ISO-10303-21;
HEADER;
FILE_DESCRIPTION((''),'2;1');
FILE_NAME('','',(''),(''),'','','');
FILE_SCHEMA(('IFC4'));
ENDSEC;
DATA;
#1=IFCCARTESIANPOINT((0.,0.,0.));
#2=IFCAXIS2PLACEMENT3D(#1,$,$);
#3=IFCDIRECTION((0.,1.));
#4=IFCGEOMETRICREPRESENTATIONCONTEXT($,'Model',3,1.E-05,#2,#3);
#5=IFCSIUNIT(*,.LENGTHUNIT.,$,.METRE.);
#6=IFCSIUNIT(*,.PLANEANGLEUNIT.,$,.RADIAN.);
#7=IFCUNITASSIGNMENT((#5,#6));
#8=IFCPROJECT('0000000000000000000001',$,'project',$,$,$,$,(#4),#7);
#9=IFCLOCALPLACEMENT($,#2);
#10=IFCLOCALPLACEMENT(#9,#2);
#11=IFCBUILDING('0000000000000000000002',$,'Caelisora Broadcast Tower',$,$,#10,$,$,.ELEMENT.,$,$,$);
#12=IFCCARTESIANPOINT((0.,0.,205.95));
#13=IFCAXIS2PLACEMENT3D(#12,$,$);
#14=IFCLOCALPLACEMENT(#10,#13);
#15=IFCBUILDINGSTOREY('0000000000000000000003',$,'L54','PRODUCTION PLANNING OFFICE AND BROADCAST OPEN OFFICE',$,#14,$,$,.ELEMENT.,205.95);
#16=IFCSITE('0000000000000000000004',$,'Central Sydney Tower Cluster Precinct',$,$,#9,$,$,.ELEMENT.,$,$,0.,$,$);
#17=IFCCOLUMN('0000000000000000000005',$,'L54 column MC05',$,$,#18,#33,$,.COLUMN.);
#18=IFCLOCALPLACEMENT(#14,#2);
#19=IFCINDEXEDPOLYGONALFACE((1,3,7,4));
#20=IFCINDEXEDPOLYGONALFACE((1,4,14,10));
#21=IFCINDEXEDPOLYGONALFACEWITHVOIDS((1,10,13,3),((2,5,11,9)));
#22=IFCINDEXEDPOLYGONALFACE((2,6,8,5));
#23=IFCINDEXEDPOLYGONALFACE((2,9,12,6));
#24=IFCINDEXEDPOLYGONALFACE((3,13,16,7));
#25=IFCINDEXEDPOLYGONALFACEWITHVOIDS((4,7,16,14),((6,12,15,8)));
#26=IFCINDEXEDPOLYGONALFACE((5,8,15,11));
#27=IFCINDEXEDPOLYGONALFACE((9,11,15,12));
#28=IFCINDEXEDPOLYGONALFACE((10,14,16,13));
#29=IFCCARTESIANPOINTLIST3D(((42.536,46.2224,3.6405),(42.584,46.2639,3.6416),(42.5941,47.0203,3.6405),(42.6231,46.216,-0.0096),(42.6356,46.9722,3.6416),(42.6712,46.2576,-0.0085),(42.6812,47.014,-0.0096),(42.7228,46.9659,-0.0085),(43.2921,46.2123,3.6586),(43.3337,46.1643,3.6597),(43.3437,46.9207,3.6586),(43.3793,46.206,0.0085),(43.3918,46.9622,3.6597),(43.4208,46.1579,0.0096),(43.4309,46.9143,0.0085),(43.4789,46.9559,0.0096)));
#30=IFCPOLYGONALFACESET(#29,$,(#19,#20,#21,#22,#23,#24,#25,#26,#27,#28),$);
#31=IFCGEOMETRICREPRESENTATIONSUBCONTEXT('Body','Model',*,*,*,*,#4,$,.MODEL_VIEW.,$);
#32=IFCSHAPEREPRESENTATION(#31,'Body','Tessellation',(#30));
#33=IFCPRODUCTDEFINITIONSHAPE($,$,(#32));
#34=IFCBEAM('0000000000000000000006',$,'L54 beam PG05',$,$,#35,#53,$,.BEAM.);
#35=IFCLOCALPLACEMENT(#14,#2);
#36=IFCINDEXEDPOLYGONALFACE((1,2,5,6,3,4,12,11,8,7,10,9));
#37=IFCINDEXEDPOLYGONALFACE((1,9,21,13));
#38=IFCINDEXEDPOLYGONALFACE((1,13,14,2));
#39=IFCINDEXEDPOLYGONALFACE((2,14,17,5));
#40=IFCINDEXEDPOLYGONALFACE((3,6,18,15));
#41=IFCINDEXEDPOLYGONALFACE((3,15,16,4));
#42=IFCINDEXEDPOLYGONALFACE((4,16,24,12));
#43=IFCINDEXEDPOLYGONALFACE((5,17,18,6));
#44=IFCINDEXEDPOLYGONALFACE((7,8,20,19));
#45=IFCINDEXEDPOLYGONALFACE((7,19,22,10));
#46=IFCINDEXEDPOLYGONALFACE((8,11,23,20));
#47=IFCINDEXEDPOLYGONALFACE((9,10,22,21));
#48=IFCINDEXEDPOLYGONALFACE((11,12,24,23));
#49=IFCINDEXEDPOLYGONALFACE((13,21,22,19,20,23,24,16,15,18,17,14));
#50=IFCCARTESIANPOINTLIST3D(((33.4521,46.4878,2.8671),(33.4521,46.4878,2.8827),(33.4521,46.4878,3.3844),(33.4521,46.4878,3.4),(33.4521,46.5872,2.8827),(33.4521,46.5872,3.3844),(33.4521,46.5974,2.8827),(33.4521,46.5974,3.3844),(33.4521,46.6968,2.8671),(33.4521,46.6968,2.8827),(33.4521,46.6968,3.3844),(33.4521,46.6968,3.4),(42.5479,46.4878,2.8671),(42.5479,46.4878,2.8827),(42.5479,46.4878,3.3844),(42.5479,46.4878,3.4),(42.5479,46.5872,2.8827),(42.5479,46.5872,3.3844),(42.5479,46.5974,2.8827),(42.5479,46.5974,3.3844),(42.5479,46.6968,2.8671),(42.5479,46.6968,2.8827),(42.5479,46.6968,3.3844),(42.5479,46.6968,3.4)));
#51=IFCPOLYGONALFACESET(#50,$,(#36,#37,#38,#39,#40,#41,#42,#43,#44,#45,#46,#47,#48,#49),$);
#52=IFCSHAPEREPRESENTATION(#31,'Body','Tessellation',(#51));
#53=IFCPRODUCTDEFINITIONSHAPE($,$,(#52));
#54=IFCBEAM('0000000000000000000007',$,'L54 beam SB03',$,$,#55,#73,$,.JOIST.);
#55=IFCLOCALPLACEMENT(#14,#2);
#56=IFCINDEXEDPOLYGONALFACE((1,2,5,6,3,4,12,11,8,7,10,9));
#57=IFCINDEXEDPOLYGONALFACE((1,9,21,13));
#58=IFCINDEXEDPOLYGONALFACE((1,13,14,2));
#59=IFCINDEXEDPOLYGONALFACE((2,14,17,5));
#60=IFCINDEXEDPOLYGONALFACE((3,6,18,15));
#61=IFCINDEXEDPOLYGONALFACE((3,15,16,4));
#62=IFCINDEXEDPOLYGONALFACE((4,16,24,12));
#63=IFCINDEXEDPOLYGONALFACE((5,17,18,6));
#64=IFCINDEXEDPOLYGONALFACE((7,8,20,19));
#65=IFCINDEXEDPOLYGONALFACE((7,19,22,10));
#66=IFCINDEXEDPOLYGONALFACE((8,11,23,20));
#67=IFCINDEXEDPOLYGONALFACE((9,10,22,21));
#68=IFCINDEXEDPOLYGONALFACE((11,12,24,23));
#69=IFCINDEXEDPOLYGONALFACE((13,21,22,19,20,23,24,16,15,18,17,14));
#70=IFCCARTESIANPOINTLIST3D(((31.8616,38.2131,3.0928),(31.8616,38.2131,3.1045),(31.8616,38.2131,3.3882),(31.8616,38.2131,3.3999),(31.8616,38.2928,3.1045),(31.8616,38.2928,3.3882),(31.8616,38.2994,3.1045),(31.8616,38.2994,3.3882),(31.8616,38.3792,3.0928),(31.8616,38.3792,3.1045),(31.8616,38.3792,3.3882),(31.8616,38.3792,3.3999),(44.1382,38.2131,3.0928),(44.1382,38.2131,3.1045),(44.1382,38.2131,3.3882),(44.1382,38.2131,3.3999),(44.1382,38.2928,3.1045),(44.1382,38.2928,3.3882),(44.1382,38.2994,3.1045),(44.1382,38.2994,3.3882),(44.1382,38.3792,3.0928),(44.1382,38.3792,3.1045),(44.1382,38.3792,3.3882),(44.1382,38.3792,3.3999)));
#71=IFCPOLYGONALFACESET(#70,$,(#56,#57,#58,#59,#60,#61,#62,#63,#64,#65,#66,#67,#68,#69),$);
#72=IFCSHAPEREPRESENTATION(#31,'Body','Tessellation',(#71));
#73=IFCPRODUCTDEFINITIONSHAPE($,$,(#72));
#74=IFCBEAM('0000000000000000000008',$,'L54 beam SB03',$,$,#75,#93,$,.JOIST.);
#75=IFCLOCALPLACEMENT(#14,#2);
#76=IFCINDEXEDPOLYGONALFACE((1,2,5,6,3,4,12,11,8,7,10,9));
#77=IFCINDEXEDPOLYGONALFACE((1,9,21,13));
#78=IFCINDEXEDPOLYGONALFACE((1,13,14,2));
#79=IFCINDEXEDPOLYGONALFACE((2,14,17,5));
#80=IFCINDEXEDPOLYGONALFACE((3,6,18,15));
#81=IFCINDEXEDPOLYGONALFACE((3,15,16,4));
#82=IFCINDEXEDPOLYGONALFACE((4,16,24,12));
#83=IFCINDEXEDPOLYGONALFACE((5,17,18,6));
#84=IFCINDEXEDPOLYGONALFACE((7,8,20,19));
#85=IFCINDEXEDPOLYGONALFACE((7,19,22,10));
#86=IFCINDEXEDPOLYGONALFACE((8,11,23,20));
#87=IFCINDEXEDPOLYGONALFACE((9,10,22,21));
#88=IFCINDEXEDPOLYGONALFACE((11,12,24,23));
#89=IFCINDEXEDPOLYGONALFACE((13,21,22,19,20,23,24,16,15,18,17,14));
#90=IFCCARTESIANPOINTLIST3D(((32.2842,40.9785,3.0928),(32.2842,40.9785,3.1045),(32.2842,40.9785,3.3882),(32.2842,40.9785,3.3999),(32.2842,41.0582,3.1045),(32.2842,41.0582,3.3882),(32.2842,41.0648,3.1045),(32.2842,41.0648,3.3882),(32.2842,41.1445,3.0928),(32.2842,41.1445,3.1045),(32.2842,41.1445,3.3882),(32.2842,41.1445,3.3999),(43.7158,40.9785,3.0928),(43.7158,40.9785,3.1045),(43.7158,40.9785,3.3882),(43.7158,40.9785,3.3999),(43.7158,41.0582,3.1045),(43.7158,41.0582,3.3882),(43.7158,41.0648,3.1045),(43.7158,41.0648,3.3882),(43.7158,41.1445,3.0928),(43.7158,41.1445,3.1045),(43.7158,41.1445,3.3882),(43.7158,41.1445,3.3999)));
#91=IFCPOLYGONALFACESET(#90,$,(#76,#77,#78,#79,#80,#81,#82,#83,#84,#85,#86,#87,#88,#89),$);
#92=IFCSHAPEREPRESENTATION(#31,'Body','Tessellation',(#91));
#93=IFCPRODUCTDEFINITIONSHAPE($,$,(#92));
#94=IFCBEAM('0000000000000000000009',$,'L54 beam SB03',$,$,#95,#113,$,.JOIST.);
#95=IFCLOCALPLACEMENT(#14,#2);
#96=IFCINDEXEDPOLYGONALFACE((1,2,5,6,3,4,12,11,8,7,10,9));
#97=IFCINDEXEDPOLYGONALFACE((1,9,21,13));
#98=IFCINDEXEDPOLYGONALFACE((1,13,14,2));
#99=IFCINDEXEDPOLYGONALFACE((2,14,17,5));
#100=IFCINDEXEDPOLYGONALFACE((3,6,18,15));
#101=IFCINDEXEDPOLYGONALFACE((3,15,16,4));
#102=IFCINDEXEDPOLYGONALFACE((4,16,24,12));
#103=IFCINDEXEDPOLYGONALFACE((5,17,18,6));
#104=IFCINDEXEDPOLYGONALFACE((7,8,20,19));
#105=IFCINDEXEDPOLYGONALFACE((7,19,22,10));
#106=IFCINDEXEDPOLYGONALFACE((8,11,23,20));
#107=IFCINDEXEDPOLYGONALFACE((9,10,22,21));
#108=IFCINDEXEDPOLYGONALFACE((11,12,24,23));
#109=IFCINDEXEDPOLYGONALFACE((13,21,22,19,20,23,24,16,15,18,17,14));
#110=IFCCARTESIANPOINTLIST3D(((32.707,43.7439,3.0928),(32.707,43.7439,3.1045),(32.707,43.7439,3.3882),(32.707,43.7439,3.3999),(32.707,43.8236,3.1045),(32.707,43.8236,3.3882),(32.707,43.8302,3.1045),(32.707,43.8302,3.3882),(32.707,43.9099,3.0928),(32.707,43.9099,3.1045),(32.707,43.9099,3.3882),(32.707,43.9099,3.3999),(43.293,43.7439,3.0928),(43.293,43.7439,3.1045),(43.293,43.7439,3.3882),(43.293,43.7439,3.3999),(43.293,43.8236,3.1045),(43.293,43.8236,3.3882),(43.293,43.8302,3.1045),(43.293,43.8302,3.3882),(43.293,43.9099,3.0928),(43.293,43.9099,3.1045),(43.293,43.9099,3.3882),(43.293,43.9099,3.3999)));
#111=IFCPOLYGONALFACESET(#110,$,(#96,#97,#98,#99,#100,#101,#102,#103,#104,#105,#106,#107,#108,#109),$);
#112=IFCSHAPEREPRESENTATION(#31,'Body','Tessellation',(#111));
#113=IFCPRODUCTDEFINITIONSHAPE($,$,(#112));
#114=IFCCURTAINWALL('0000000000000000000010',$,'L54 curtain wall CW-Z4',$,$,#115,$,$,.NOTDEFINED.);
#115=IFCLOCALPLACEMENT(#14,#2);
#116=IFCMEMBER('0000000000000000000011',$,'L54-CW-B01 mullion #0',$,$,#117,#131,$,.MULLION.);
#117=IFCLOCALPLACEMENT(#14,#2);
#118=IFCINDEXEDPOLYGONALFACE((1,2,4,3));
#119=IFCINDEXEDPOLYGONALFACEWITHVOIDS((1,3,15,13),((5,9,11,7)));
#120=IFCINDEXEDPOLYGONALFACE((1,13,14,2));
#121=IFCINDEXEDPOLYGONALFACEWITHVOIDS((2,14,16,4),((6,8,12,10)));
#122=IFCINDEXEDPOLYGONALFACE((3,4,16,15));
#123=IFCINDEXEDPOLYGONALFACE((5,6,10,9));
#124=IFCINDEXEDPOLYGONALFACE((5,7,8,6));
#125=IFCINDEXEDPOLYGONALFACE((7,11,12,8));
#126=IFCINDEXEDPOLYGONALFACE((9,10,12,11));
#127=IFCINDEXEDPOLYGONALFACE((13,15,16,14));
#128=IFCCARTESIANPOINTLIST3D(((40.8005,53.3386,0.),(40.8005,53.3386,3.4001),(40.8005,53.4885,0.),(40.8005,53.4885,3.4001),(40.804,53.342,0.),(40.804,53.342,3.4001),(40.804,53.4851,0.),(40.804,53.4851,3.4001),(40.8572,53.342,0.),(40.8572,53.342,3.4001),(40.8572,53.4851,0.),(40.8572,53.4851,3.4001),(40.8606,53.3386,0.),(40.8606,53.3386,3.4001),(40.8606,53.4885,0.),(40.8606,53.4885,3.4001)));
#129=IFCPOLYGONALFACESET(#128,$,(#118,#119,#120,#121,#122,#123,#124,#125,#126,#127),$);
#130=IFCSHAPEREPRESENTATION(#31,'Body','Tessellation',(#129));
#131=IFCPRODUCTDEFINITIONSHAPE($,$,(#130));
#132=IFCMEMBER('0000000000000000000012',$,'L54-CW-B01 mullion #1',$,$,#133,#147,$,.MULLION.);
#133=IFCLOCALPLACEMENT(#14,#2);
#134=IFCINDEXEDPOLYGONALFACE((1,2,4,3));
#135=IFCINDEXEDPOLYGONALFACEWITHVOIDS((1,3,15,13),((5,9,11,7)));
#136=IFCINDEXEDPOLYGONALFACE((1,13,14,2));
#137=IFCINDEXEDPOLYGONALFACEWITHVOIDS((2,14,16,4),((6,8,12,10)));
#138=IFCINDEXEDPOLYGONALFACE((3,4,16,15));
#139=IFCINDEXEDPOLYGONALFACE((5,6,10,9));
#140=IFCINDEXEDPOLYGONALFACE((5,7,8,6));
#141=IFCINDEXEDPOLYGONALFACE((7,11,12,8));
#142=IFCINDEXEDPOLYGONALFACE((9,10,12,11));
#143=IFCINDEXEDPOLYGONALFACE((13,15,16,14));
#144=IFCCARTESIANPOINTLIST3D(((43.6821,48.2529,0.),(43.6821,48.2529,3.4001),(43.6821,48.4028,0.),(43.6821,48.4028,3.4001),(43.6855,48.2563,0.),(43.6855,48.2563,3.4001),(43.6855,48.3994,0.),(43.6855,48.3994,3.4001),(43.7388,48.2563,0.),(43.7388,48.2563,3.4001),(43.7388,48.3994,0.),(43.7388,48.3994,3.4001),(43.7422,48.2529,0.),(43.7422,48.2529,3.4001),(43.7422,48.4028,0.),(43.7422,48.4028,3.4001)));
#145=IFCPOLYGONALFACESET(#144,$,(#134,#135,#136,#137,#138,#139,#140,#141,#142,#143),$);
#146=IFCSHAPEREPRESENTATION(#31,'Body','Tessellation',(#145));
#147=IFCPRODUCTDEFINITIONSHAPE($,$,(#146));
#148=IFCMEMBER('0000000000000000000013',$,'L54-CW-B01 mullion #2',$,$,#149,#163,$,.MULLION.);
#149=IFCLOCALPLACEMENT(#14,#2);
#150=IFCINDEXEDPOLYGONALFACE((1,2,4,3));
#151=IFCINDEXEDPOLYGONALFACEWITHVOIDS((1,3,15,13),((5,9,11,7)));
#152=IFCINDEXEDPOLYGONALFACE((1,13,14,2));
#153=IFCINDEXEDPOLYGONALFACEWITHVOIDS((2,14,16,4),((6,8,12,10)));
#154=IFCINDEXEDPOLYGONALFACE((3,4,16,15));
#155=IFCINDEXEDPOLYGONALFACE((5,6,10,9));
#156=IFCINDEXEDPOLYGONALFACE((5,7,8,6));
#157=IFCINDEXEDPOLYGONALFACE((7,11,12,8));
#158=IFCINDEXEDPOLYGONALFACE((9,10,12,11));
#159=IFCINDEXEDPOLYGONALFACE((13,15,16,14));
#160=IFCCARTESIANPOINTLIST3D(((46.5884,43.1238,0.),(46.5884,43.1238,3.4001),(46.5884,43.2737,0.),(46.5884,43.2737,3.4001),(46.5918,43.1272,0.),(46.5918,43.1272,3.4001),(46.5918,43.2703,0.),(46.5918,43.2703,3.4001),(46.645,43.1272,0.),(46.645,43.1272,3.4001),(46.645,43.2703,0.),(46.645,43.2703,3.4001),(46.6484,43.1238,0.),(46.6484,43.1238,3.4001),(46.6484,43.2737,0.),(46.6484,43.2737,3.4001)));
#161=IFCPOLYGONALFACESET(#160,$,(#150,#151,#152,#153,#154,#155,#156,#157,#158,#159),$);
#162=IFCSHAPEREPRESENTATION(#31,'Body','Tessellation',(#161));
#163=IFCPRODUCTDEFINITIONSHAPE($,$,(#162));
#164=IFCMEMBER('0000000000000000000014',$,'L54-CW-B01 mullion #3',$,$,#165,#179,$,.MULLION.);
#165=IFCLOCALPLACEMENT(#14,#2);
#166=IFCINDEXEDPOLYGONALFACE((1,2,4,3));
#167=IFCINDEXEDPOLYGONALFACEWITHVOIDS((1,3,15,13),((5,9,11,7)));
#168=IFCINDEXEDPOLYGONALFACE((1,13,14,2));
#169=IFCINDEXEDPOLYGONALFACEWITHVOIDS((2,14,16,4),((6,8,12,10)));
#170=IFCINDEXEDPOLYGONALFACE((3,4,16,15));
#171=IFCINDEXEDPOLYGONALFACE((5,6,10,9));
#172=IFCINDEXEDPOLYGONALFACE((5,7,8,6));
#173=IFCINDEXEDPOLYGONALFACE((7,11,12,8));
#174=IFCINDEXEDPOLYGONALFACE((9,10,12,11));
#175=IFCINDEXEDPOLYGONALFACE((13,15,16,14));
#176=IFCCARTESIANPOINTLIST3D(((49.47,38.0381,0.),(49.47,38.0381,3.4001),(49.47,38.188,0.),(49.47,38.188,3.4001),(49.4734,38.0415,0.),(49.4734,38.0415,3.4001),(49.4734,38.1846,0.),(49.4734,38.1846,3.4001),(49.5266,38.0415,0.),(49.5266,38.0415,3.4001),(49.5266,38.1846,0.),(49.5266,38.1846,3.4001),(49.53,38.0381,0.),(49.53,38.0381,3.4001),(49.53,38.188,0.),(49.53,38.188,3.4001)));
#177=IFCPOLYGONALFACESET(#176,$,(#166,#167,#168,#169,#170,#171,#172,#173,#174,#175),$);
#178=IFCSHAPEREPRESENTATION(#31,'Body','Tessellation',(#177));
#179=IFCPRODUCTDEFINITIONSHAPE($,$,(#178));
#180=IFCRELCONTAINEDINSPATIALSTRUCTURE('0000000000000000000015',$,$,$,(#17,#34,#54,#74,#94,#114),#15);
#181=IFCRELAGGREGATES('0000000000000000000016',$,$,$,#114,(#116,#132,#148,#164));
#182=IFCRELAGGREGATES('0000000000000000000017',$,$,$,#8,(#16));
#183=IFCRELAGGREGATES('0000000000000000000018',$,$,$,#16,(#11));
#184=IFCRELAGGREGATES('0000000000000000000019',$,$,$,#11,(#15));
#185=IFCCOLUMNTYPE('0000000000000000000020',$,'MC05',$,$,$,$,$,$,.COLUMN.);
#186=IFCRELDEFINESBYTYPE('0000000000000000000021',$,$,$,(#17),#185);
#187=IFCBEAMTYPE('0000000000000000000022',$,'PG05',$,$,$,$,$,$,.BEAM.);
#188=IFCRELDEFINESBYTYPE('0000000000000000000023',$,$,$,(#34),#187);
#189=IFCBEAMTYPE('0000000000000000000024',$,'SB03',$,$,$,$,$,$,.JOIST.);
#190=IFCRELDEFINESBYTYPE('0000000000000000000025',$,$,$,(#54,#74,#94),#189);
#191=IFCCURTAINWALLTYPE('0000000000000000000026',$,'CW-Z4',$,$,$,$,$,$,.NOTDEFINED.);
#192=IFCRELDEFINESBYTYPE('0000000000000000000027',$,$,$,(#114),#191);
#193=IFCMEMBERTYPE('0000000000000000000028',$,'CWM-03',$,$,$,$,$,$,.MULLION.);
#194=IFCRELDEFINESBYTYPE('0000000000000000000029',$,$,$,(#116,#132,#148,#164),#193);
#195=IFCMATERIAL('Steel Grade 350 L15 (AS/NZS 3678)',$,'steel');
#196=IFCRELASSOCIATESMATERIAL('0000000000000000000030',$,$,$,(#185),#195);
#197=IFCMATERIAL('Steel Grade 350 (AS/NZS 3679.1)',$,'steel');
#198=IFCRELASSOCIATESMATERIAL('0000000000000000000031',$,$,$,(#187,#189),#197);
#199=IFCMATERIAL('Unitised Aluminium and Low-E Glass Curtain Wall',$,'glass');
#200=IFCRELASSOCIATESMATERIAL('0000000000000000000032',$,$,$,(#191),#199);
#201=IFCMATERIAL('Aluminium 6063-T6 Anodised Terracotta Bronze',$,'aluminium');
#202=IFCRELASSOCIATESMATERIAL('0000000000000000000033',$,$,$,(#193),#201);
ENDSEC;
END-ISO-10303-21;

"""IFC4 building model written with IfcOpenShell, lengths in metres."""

from ifc_helpers import new_model, si_unit, direction, frame, origin, origin_2d, place, context, subcontext, project, spatial, hollow_rectangle, i_section, extrude, source, transform, mapped, material, material_profile, profile_set, type_object, type_shapes, element, aggregate, save


model = new_model("IFC4")

# Units and contexts
model_context = context("Model", 3, precision=1e-05, world=origin(), true_north=direction((0.0, 1.0)))
body_context = subcontext(model_context, "Body", "Model", "MODEL_VIEW")
ifc_project = project(units=[si_unit("LENGTHUNIT", "METRE"), si_unit("PLANEANGLEUNIT", "RADIAN")], contexts=[model_context])

# Site, building, storey
site_placement = place(None, origin())
site = spatial("IfcSite", under=ifc_project, at=site_placement, Name="Central Sydney Tower Cluster Precinct", CompositionType="ELEMENT", RefElevation=0.0)
building_placement = place(site_placement, origin())
building = spatial("IfcBuilding", under=site, at=building_placement, Name="Caelisora Broadcast Tower", CompositionType="ELEMENT")
storey_placement = place(building_placement, frame((0.0, 0.0, 205.95)))
storey = spatial("IfcBuildingStorey", under=building, at=storey_placement, Name="L54", Description="PRODUCTION PLANNING OFFICE AND BROADCAST OPEN OFFICE", CompositionType="ELEMENT", Elevation=205.95)

# Column
ifc_material_1 = material(Name="Steel Grade 350 L15 (AS/NZS 3678)", Category="steel")
ifc_material_profile_1 = material_profile(ifc_material_1, hollow_rectangle(XDim=0.8, YDim=0.8, WallThickness=0.0449, at=origin_2d()), Name="Steel Grade 350 L15 (AS/NZS 3678)")
ifc_profile_set_1 = profile_set([ifc_material_profile_1], Name="Steel Grade 350 L15 (AS/NZS 3678)")
column_type = type_object("IfcColumnType", Name="MC05", PredefinedType="COLUMN", material=ifc_profile_set_1)
shared_shape_1 = source(origin(), body_context, "Body", "SweptSolid", [
    extrude(hollow_rectangle(XDim=0.8, YDim=0.8, WallThickness=0.0449, at=origin_2d()), origin(), (0.0, 0.0, 1.0), 3.6511),
])
type_shapes(column_type, [shared_shape_1])
column_placement = place(storey_placement, frame((43.051, 46.5859, 0.0), z_axis=(-0.023871, 0.001739, 0.999714), x_axis=(-0.072637, -0.997358, 0.0)))
element("IfcColumn", 1, at=column_placement, inside=storey, type_object=column_type, Name="L54 column MC05", PredefinedType="COLUMN", context=body_context, shape_type="MappedRepresentation", body=[
    mapped(shared_shape_1, transform((0.0, 0.0, 0.0), scale=1.0)),
])

# Beams
ifc_material_2 = material(Name="Steel Grade 350 (AS/NZS 3679.1)", Category="steel")
ifc_material_profile_2 = material_profile(ifc_material_2, i_section(OverallWidth=0.209, OverallDepth=0.533, WebThickness=0.0103, FlangeThickness=0.0156, at=origin_2d()), Name="Steel Grade 350 (AS/NZS 3679.1)")
ifc_profile_set_2 = profile_set([ifc_material_profile_2], Name="Steel Grade 350 (AS/NZS 3679.1)")
beam_type_1 = type_object("IfcBeamType", Name="PG05", PredefinedType="BEAM", material=ifc_profile_set_2)
shared_shape_2 = source(origin(), body_context, "Body", "SweptSolid", [
    extrude(i_section(OverallWidth=0.209, OverallDepth=0.533, WebThickness=0.0103, FlangeThickness=0.0156, at=origin_2d()), origin(), (0.0, 0.0, 1.0), 9.0957),
])
type_shapes(beam_type_1, [shared_shape_2])
beam_1_placement = place(storey_placement, frame((42.5479, 46.5923, 3.1335), z_axis=(-1.0, 0.0, 0.0), x_axis=(0.0, -1.0, 0.0)))
element("IfcBeam", 2, at=beam_1_placement, inside=storey, type_object=beam_type_1, Name="L54 beam PG05", PredefinedType="BEAM", context=body_context, shape_type="MappedRepresentation", body=[
    mapped(shared_shape_2, transform((0.0, 0.0, 0.0), scale=1.0)),
])
ifc_material_profile_3 = material_profile(ifc_material_2, i_section(OverallWidth=0.166, OverallDepth=0.3071, WebThickness=0.0066, FlangeThickness=0.0117, at=origin_2d()), Name="Steel Grade 350 (AS/NZS 3679.1)")
ifc_profile_set_3 = profile_set([ifc_material_profile_3], Name="Steel Grade 350 (AS/NZS 3679.1)")
beam_type_2 = type_object("IfcBeamType", Name="SB03", PredefinedType="JOIST", material=ifc_profile_set_3)
shared_shape_3 = source(origin(), body_context, "Body", "SweptSolid", [
    extrude(i_section(OverallWidth=0.166, OverallDepth=0.3071, WebThickness=0.0066, FlangeThickness=0.0117, at=origin_2d()), origin(), (0.0, 0.0, 1.0), 12.2766),
])
beam_2_placement = place(storey_placement, frame((44.1382, 38.2961, 3.2463), z_axis=(-1.0, 0.0, 0.0), x_axis=(0.0, -1.0, 0.0)))
element("IfcBeam", 3, at=beam_2_placement, inside=storey, type_object=beam_type_2, Name="L54 beam SB03", PredefinedType="JOIST", context=body_context, shape_type="MappedRepresentation", body=[
    mapped(shared_shape_3, transform((0.0, 0.0, 0.0), scale=1.0)),
])
shared_shape_4 = source(origin(), body_context, "Body", "SweptSolid", [
    extrude(i_section(OverallWidth=0.166, OverallDepth=0.3071, WebThickness=0.0066, FlangeThickness=0.0117, at=origin_2d()), origin(), (0.0, 0.0, 1.0), 11.4316),
])
beam_3_placement = place(storey_placement, frame((43.7158, 41.0615, 3.2463), z_axis=(-1.0, 0.0, 0.0), x_axis=(0.0, -1.0, 0.0)))
element("IfcBeam", 4, at=beam_3_placement, inside=storey, type_object=beam_type_2, Name="L54 beam SB03", PredefinedType="JOIST", context=body_context, shape_type="MappedRepresentation", body=[
    mapped(shared_shape_4, transform((0.0, 0.0, 0.0), scale=1.0)),
])
shared_shape_5 = source(origin(), body_context, "Body", "SweptSolid", [
    extrude(i_section(OverallWidth=0.166, OverallDepth=0.3071, WebThickness=0.0066, FlangeThickness=0.0117, at=origin_2d()), origin(), (0.0, 0.0, 1.0), 10.5859),
])
type_shapes(beam_type_2, [shared_shape_3, shared_shape_4, shared_shape_5])
beam_4_placement = place(storey_placement, frame((43.293, 43.8269, 3.2463), z_axis=(-1.0, 0.0, 0.0), x_axis=(0.0, -1.0, 0.0)))
element("IfcBeam", 5, at=beam_4_placement, inside=storey, type_object=beam_type_2, Name="L54 beam SB03", PredefinedType="JOIST", context=body_context, shape_type="MappedRepresentation", body=[
    mapped(shared_shape_5, transform((0.0, 0.0, 0.0), scale=1.0)),
])

# Curtain wall, members
ifc_material_3 = material(Name="Unitised Aluminium and Low-E Glass Curtain Wall", Category="glass")
curtain_wall_type_1 = type_object("IfcCurtainWallType", Name="CW-Z4", PredefinedType="NOTDEFINED", material=ifc_material_3)
curtain_wall_1_placement = place(storey_placement, origin())
curtain_wall_1 = element("IfcCurtainWall", 6, at=curtain_wall_1_placement, inside=storey, type_object=curtain_wall_type_1, Name="L54 curtain wall CW-Z4", PredefinedType="NOTDEFINED")
ifc_material_4 = material(Name="Aluminium 6063-T6 Anodised Terracotta Bronze", Category="aluminium")
ifc_material_profile_4 = material_profile(ifc_material_4, hollow_rectangle(XDim=0.0601, YDim=0.1499, WallThickness=0.0034, at=origin_2d()), Name="Aluminium 6063-T6 Anodised Terracotta Bronze")
ifc_profile_set_4 = profile_set([ifc_material_profile_4], Name="Aluminium 6063-T6 Anodised Terracotta Bronze")
member_type_1 = type_object("IfcMemberType", Name="CWM-03", PredefinedType="MULLION", material=ifc_profile_set_4)
shared_shape_6 = source(origin(), body_context, "Body", "SweptSolid", [
    extrude(hollow_rectangle(XDim=0.0601, YDim=0.1499, WallThickness=0.0034, at=origin_2d()), origin(), (0.0, 0.0, 1.0), 3.4001),
])
type_shapes(member_type_1, [shared_shape_6])
member_1_placement = place(storey_placement, frame((40.8306, 53.4136, 0.0), z_axis=(0.0, 0.0, 1.0), x_axis=(1.0, 0.0, 0.0)))
member_1 = element("IfcMember", 7, at=member_1_placement, type_object=member_type_1, Name="L54-CW-B01 mullion #0", PredefinedType="MULLION", context=body_context, shape_type="MappedRepresentation", body=[
    mapped(shared_shape_6, transform((0.0, 0.0, 0.0), scale=1.0)),
])
member_2_placement = place(storey_placement, frame((43.7122, 48.3279, 0.0), z_axis=(0.0, 0.0, 1.0), x_axis=(1.0, 0.0, 0.0)))
member_2 = element("IfcMember", 8, at=member_2_placement, type_object=member_type_1, Name="L54-CW-B01 mullion #1", PredefinedType="MULLION", context=body_context, shape_type="MappedRepresentation", body=[
    mapped(shared_shape_6, transform((0.0, 0.0, 0.0), scale=1.0)),
])
member_3_placement = place(storey_placement, frame((46.6184, 43.1987, 0.0), z_axis=(0.0, 0.0, 1.0), x_axis=(1.0, 0.0, 0.0)))
member_3 = element("IfcMember", 9, at=member_3_placement, type_object=member_type_1, Name="L54-CW-B01 mullion #2", PredefinedType="MULLION", context=body_context, shape_type="MappedRepresentation", body=[
    mapped(shared_shape_6, transform((0.0, 0.0, 0.0), scale=1.0)),
])
member_4_placement = place(storey_placement, frame((49.5, 38.113, 0.0), z_axis=(0.0, 0.0, 1.0), x_axis=(1.0, 0.0, 0.0)))
member_4 = element("IfcMember", 10, at=member_4_placement, type_object=member_type_1, Name="L54-CW-B01 mullion #3", PredefinedType="MULLION", context=body_context, shape_type="MappedRepresentation", body=[
    mapped(shared_shape_6, transform((0.0, 0.0, 0.0), scale=1.0)),
])

aggregate(curtain_wall_1, [member_1, member_2, member_3, member_4])

save(model, "model.ifc")
